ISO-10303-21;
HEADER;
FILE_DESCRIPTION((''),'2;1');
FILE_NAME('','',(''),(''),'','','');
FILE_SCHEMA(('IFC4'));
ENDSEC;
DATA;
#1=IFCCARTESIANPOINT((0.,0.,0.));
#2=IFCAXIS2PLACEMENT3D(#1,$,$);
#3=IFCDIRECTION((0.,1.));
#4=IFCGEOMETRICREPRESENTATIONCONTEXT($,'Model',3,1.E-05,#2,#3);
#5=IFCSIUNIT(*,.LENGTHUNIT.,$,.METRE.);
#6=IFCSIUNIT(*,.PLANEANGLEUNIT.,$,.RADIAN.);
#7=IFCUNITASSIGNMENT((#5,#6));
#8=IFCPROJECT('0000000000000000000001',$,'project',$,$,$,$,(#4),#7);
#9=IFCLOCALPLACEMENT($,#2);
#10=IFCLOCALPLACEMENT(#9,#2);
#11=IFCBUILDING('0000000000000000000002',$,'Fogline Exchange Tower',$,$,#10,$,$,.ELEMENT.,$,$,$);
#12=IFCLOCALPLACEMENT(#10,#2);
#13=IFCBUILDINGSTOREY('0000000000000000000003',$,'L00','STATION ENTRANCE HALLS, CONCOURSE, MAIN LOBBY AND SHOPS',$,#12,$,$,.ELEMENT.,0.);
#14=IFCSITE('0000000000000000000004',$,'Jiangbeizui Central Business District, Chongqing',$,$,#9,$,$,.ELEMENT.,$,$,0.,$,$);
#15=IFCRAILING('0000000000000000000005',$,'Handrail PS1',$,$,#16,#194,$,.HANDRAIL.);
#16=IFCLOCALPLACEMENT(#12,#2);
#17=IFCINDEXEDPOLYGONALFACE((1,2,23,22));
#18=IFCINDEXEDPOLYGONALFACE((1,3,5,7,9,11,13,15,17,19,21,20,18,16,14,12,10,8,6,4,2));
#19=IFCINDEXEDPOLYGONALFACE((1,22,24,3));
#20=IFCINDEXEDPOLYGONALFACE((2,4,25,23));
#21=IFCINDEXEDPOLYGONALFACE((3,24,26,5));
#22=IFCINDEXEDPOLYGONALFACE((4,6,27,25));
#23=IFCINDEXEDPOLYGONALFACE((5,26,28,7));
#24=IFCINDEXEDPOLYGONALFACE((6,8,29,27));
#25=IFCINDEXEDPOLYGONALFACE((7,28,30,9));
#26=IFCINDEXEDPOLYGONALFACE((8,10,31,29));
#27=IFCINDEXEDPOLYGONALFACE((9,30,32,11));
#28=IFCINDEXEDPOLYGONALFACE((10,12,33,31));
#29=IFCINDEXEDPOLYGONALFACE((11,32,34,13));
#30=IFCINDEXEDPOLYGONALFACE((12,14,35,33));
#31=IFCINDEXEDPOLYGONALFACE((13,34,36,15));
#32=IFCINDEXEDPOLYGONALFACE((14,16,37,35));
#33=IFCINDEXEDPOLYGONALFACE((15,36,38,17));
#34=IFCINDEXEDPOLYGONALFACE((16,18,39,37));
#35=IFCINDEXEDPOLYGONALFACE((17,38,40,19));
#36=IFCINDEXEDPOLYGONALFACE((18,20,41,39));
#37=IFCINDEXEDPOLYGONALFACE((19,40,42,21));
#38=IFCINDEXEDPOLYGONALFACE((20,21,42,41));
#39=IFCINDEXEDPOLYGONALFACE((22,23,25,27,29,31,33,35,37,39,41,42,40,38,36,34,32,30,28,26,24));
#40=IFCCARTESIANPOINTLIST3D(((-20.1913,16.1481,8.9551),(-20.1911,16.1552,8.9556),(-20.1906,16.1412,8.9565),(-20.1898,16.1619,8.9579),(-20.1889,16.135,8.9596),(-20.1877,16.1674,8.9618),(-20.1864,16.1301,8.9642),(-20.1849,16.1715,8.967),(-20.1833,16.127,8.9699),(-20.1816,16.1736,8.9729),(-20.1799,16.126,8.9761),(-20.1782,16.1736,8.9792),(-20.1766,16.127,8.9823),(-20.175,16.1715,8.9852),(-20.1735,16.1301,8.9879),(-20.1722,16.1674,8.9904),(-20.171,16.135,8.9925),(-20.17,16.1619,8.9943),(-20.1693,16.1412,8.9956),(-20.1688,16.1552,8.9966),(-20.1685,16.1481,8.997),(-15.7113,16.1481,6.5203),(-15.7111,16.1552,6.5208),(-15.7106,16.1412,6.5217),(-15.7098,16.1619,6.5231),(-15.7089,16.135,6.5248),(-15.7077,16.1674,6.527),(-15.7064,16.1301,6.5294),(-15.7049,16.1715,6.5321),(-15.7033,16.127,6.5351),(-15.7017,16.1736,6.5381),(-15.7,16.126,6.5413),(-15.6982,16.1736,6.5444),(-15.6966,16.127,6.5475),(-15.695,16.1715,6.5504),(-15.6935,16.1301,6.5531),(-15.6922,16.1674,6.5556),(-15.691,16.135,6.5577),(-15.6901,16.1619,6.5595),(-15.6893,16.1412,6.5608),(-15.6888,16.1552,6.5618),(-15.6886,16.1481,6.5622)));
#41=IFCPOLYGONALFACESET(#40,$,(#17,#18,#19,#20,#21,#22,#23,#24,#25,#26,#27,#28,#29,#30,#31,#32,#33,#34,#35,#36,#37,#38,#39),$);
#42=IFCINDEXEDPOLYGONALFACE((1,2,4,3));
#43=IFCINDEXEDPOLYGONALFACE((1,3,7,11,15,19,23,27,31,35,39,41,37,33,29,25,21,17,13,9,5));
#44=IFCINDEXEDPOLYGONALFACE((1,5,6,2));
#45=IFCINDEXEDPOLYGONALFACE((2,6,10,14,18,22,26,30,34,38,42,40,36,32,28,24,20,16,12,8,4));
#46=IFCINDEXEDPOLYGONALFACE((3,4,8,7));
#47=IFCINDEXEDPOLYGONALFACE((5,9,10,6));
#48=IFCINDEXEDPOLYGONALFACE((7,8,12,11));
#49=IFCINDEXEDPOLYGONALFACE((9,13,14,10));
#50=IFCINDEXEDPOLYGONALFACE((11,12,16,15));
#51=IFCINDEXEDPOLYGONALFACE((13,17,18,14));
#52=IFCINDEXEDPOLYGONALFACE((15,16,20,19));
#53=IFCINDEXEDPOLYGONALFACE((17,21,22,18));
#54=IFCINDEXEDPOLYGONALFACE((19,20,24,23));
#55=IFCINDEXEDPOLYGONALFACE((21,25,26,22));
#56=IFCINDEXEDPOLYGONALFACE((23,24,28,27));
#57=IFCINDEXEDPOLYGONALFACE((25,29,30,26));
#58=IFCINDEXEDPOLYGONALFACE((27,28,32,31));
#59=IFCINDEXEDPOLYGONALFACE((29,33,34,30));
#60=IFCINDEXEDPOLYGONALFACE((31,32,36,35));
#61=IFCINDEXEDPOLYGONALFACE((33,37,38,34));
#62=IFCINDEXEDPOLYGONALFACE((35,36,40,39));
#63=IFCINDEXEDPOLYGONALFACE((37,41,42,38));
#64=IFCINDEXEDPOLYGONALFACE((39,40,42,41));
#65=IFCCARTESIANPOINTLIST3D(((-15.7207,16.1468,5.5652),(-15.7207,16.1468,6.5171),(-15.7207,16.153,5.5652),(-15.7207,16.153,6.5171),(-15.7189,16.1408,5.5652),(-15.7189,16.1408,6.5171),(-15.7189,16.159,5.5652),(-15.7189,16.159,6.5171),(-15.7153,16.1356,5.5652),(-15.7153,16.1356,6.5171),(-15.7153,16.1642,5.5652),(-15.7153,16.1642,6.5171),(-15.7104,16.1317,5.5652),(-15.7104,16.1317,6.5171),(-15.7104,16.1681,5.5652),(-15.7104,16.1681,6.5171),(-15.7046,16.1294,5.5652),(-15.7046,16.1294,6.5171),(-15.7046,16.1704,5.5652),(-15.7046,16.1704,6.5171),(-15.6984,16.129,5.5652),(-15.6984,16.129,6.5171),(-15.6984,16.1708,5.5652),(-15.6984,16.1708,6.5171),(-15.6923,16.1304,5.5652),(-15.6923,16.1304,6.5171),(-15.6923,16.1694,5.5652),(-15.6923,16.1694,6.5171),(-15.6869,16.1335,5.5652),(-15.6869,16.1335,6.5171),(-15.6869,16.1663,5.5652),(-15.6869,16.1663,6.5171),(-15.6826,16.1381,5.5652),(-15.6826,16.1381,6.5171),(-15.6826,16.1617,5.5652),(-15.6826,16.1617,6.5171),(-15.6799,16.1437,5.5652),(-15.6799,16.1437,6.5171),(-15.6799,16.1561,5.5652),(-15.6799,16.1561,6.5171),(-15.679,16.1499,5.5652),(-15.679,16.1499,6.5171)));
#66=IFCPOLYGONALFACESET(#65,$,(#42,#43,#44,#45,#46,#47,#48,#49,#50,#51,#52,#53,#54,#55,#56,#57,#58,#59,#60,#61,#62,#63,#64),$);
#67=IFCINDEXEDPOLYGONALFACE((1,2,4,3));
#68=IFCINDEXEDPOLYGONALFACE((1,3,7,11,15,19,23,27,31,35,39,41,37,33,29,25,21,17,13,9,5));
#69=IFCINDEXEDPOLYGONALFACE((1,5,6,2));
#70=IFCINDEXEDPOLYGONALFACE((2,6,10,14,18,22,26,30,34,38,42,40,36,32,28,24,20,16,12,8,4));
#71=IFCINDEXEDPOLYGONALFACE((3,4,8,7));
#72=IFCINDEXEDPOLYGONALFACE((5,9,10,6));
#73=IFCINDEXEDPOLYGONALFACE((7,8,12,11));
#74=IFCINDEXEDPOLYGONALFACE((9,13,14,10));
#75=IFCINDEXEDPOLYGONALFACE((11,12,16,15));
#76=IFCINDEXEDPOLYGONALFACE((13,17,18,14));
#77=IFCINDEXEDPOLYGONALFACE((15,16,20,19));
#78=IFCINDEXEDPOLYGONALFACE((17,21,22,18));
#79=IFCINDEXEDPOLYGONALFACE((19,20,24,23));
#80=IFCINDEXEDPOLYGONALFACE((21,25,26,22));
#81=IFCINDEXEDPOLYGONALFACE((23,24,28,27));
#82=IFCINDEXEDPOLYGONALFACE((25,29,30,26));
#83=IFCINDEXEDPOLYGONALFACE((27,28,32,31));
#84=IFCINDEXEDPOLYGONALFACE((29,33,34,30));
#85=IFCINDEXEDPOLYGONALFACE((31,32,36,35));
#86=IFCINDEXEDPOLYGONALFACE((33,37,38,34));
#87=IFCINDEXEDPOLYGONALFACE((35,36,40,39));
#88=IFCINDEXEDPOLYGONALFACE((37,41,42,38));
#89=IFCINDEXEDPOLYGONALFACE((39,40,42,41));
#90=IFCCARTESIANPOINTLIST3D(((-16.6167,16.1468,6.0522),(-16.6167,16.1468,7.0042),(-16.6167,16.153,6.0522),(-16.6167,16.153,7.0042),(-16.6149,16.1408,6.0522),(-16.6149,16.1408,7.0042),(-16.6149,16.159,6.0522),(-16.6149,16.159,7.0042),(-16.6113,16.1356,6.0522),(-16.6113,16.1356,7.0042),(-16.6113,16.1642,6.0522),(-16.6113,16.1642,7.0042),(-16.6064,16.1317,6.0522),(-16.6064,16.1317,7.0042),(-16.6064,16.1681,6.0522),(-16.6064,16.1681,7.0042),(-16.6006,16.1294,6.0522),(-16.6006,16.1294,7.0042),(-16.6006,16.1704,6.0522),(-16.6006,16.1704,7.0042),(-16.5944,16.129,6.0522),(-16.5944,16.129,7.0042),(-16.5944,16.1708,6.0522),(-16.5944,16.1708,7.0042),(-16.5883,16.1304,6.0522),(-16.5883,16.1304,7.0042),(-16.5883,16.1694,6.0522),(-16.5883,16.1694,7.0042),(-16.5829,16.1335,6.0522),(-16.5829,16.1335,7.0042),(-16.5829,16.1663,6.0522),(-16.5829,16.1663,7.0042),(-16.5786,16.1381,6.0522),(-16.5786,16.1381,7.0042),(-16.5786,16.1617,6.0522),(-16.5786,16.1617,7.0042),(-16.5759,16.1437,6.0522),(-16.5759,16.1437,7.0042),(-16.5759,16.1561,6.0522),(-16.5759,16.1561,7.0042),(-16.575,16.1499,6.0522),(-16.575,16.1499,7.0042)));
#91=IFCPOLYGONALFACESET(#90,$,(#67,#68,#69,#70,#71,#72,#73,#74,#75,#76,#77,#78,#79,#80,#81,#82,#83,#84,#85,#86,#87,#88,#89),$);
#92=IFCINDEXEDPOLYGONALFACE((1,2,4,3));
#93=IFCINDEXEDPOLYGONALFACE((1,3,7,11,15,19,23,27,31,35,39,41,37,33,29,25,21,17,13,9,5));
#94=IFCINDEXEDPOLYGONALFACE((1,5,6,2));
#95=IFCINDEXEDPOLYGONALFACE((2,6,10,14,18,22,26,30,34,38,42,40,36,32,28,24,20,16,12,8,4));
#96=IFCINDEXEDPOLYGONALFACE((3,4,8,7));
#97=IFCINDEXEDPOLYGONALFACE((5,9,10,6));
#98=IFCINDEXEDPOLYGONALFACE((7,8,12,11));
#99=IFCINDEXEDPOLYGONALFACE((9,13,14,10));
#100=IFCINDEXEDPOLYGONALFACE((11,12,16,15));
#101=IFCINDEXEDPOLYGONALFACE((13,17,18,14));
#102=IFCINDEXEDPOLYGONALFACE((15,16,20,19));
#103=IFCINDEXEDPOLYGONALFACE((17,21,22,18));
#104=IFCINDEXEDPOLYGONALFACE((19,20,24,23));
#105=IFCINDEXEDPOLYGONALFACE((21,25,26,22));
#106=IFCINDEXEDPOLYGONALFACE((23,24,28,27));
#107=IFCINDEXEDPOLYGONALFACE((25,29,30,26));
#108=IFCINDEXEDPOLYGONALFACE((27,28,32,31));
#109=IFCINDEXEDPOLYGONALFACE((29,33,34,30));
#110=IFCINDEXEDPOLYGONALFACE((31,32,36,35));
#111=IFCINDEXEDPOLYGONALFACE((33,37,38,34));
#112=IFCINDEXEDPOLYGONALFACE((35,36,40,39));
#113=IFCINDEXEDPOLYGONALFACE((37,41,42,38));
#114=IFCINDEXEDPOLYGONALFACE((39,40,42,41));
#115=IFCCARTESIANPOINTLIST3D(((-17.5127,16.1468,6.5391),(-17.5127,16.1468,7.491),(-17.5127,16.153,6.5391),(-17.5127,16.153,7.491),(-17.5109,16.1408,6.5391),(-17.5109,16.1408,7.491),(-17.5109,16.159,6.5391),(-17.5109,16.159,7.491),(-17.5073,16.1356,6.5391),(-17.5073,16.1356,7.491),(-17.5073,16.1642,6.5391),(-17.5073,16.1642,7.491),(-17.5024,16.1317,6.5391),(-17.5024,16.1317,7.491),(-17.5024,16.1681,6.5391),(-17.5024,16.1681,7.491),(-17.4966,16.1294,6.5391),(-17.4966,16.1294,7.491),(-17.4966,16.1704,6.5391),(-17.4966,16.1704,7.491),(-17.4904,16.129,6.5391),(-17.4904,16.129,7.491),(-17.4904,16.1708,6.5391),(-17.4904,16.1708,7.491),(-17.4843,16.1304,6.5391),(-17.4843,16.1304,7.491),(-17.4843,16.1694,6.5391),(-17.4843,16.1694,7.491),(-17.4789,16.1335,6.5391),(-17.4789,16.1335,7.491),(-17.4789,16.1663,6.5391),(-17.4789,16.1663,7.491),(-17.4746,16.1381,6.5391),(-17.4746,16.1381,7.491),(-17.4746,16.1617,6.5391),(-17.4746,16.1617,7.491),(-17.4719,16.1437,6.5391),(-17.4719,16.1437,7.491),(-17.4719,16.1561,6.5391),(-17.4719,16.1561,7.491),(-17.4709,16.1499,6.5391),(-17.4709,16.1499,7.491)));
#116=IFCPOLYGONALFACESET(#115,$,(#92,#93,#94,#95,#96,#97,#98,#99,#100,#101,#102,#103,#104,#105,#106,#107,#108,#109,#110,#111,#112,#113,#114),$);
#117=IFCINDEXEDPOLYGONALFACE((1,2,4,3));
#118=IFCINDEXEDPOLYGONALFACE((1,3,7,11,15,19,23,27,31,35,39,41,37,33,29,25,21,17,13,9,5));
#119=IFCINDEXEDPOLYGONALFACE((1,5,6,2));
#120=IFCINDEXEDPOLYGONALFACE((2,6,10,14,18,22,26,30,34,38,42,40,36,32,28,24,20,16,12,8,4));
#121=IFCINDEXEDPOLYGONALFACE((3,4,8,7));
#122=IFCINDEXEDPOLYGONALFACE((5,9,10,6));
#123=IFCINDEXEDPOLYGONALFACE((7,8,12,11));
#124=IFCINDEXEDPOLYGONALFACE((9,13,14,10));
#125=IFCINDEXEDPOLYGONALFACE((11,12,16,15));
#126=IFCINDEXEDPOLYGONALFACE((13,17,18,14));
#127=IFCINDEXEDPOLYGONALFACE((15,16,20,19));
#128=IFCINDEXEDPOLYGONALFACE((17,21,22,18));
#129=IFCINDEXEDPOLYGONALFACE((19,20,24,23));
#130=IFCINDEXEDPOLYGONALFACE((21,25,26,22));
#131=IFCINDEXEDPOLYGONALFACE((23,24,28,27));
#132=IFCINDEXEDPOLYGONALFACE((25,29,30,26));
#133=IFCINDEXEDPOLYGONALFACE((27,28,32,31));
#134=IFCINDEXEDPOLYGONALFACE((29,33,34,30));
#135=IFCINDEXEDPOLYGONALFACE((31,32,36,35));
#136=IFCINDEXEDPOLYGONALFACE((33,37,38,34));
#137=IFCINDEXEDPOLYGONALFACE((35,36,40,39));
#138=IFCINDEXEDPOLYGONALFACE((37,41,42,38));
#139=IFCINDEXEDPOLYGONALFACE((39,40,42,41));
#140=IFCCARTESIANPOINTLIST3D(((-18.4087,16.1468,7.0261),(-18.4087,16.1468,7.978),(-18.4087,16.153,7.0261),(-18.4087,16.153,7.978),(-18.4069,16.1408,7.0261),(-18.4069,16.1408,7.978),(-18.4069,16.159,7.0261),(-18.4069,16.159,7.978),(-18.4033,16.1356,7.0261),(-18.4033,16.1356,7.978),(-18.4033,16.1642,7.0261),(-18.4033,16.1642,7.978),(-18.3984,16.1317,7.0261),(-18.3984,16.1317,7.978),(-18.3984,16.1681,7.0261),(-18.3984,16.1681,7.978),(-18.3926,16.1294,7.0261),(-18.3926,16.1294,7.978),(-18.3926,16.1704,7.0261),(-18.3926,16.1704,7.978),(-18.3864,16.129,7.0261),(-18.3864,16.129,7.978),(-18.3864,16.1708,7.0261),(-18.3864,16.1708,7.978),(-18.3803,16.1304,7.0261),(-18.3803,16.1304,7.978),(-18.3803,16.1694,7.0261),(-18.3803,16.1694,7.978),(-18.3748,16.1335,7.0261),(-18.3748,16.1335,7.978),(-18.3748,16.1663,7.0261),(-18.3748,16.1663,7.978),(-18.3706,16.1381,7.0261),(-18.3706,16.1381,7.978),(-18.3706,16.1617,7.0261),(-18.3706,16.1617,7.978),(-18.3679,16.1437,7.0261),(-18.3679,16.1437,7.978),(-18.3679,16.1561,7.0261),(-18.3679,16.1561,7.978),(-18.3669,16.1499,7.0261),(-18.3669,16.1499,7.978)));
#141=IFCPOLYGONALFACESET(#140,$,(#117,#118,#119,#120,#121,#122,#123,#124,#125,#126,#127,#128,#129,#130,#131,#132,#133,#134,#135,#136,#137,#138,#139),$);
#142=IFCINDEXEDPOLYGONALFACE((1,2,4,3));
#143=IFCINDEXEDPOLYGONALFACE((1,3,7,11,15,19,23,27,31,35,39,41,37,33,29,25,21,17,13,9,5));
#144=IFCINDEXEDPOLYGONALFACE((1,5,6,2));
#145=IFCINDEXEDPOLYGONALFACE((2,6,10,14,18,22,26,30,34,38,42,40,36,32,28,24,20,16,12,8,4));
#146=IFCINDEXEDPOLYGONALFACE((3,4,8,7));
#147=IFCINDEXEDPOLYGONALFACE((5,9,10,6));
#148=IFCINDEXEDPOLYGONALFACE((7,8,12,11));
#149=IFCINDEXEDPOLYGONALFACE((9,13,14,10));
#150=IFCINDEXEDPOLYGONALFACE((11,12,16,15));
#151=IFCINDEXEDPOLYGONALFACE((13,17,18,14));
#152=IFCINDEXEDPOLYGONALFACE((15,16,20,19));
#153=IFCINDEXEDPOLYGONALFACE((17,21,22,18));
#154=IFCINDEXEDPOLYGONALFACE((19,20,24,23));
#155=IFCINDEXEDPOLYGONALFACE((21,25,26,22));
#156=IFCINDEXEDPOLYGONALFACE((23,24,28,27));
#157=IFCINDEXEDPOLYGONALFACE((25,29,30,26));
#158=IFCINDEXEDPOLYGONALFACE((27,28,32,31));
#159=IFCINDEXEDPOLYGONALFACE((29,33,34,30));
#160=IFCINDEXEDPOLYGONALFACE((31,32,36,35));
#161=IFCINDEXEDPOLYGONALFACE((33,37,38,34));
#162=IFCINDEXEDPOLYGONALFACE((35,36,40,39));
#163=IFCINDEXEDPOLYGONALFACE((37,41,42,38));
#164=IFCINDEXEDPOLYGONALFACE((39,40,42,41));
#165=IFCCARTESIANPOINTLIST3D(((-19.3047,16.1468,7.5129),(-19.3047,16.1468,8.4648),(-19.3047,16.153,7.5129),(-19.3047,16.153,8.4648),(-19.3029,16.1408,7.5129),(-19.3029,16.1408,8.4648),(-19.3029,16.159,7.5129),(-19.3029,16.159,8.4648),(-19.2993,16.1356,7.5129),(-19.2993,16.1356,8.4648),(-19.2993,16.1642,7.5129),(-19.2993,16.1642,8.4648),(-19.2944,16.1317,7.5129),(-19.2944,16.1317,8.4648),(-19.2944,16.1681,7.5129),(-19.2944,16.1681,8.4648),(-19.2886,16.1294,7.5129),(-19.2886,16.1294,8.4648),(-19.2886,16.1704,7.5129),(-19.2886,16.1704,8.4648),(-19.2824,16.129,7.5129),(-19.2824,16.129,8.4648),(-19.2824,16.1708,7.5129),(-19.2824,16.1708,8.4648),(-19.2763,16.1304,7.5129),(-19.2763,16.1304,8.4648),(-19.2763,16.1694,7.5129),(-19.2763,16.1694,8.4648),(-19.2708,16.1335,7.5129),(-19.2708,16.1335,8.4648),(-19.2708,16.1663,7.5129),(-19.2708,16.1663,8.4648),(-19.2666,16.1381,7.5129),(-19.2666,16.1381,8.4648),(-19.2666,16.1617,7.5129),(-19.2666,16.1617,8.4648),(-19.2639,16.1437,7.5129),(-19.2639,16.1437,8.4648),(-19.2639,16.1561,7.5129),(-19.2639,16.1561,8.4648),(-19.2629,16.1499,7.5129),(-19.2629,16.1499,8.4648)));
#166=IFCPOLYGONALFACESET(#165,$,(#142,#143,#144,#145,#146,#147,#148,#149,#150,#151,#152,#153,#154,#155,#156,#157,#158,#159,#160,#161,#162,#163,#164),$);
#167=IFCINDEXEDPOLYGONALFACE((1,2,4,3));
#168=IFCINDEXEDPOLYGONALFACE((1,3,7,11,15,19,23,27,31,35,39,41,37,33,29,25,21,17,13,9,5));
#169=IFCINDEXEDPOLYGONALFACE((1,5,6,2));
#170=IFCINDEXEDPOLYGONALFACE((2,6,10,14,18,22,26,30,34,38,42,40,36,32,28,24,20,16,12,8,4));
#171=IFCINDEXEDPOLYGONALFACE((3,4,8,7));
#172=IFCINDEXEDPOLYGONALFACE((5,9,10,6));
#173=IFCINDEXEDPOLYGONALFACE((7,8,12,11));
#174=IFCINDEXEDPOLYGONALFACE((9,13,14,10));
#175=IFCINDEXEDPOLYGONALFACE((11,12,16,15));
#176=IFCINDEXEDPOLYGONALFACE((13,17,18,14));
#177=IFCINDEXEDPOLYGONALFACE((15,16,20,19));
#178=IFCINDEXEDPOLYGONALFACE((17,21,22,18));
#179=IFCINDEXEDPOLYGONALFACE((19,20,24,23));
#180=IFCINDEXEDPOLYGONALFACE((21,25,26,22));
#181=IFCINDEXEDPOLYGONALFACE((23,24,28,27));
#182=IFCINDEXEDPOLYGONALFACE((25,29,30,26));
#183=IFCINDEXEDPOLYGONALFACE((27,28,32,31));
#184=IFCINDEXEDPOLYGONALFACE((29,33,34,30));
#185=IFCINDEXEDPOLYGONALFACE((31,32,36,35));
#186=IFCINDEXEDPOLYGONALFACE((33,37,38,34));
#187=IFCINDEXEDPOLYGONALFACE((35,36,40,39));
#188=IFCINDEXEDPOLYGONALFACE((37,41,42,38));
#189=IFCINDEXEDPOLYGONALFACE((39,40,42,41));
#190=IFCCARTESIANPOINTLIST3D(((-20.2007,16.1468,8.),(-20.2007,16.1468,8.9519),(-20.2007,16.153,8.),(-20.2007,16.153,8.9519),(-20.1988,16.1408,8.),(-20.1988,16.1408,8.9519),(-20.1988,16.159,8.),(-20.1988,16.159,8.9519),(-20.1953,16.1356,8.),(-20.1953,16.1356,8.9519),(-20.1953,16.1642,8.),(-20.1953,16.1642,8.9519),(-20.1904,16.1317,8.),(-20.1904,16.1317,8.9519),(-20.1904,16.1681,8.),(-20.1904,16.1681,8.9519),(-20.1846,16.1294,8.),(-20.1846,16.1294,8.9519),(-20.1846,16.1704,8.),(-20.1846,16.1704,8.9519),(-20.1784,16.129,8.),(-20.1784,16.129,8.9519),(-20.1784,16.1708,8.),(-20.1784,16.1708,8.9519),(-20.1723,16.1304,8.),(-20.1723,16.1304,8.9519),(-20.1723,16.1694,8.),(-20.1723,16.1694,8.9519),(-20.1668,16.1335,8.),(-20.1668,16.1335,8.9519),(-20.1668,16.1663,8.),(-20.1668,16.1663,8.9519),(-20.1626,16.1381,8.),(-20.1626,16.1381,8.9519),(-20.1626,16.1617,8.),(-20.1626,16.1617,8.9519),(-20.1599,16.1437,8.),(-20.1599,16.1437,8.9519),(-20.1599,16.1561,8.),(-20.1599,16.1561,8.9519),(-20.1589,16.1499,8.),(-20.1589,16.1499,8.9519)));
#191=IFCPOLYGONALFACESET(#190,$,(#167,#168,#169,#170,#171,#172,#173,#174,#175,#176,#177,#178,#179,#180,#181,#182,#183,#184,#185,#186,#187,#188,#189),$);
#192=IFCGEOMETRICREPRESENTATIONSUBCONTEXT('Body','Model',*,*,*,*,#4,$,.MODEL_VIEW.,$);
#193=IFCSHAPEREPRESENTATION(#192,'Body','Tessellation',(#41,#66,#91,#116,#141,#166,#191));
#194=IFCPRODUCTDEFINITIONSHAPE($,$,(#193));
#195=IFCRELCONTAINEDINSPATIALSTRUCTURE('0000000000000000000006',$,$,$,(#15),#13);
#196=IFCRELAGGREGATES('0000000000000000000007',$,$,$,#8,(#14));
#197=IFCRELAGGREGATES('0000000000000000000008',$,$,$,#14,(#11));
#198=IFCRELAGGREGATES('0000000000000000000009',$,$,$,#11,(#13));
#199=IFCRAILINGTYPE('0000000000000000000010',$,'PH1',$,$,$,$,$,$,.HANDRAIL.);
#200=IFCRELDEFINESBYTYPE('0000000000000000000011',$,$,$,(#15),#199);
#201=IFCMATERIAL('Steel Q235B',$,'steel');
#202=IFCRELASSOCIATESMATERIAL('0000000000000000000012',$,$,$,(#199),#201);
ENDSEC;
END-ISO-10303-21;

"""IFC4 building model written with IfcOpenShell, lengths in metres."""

from ifc_helpers import new_model, si_unit, direction, frame, origin, origin_2d, place, context, subcontext, project, spatial, circle, extrude, material, type_object, element, save


model = new_model("IFC4")

# Units and contexts
model_context = context("Model", 3, precision=1e-05, world=origin(), true_north=direction((0.0, 1.0)))
body_context = subcontext(model_context, "Body", "Model", "MODEL_VIEW")
ifc_project = project(units=[si_unit("LENGTHUNIT", "METRE"), si_unit("PLANEANGLEUNIT", "RADIAN")], contexts=[model_context])

# Site, building, storey
site_placement = place(None, origin())
site = spatial("IfcSite", under=ifc_project, at=site_placement, Name="Jiangbeizui Central Business District, Chongqing", CompositionType="ELEMENT", RefElevation=0.0)
building_placement = place(site_placement, origin())
building = spatial("IfcBuilding", under=site, at=building_placement, Name="Fogline Exchange Tower", CompositionType="ELEMENT")
storey_placement = place(building_placement, origin())
storey = spatial("IfcBuildingStorey", under=building, at=storey_placement, Name="L00", Description="STATION ENTRANCE HALLS, CONCOURSE, MAIN LOBBY AND SHOPS", CompositionType="ELEMENT", Elevation=0.0)

# Railing
ifc_material_1 = material(Name="Steel Q235B", Category="steel")
railing_type = type_object("IfcRailingType", Name="PH1", PredefinedType="HANDRAIL", material=ifc_material_1)
railing_placement = place(storey_placement, frame((-15.7, 16.1499, 5.5652)))
element("IfcRailing", 1, at=railing_placement, inside=storey, type_object=railing_type, Name="Handrail PS1", PredefinedType="HANDRAIL", context=body_context, shape_type="SweptSolid", body=[
    extrude(circle(Radius=0.0239, at=origin_2d()), frame((0.0, 0.0, 0.9761), z_axis=(-0.878621, 0.0, 0.47752), x_axis=(0.0, -1.0, 0.0)), (0.0, 0.0, 1.0), 5.0989),
    extrude(circle(Radius=0.021, at=origin_2d()), origin(), (0.0, 0.0, 1.0), 0.9519),
    extrude(circle(Radius=0.021, at=origin_2d()), frame((-0.896, 0.0, 0.4871)), (0.0, 0.0, 1.0), 0.9519),
    extrude(circle(Radius=0.021, at=origin_2d()), frame((-1.792, 0.0, 0.9739)), (0.0, 0.0, 1.0), 0.9519),
    extrude(circle(Radius=0.021, at=origin_2d()), frame((-2.688, 0.0, 1.4609)), (0.0, 0.0, 1.0), 0.9519),
    extrude(circle(Radius=0.021, at=origin_2d()), frame((-3.584, 0.0, 1.9478)), (0.0, 0.0, 1.0), 0.9519),
    extrude(circle(Radius=0.021, at=origin_2d()), frame((-4.48, 0.0, 2.4348)), (0.0, 0.0, 1.0), 0.9519),
])

save(model, "model.ifc")
